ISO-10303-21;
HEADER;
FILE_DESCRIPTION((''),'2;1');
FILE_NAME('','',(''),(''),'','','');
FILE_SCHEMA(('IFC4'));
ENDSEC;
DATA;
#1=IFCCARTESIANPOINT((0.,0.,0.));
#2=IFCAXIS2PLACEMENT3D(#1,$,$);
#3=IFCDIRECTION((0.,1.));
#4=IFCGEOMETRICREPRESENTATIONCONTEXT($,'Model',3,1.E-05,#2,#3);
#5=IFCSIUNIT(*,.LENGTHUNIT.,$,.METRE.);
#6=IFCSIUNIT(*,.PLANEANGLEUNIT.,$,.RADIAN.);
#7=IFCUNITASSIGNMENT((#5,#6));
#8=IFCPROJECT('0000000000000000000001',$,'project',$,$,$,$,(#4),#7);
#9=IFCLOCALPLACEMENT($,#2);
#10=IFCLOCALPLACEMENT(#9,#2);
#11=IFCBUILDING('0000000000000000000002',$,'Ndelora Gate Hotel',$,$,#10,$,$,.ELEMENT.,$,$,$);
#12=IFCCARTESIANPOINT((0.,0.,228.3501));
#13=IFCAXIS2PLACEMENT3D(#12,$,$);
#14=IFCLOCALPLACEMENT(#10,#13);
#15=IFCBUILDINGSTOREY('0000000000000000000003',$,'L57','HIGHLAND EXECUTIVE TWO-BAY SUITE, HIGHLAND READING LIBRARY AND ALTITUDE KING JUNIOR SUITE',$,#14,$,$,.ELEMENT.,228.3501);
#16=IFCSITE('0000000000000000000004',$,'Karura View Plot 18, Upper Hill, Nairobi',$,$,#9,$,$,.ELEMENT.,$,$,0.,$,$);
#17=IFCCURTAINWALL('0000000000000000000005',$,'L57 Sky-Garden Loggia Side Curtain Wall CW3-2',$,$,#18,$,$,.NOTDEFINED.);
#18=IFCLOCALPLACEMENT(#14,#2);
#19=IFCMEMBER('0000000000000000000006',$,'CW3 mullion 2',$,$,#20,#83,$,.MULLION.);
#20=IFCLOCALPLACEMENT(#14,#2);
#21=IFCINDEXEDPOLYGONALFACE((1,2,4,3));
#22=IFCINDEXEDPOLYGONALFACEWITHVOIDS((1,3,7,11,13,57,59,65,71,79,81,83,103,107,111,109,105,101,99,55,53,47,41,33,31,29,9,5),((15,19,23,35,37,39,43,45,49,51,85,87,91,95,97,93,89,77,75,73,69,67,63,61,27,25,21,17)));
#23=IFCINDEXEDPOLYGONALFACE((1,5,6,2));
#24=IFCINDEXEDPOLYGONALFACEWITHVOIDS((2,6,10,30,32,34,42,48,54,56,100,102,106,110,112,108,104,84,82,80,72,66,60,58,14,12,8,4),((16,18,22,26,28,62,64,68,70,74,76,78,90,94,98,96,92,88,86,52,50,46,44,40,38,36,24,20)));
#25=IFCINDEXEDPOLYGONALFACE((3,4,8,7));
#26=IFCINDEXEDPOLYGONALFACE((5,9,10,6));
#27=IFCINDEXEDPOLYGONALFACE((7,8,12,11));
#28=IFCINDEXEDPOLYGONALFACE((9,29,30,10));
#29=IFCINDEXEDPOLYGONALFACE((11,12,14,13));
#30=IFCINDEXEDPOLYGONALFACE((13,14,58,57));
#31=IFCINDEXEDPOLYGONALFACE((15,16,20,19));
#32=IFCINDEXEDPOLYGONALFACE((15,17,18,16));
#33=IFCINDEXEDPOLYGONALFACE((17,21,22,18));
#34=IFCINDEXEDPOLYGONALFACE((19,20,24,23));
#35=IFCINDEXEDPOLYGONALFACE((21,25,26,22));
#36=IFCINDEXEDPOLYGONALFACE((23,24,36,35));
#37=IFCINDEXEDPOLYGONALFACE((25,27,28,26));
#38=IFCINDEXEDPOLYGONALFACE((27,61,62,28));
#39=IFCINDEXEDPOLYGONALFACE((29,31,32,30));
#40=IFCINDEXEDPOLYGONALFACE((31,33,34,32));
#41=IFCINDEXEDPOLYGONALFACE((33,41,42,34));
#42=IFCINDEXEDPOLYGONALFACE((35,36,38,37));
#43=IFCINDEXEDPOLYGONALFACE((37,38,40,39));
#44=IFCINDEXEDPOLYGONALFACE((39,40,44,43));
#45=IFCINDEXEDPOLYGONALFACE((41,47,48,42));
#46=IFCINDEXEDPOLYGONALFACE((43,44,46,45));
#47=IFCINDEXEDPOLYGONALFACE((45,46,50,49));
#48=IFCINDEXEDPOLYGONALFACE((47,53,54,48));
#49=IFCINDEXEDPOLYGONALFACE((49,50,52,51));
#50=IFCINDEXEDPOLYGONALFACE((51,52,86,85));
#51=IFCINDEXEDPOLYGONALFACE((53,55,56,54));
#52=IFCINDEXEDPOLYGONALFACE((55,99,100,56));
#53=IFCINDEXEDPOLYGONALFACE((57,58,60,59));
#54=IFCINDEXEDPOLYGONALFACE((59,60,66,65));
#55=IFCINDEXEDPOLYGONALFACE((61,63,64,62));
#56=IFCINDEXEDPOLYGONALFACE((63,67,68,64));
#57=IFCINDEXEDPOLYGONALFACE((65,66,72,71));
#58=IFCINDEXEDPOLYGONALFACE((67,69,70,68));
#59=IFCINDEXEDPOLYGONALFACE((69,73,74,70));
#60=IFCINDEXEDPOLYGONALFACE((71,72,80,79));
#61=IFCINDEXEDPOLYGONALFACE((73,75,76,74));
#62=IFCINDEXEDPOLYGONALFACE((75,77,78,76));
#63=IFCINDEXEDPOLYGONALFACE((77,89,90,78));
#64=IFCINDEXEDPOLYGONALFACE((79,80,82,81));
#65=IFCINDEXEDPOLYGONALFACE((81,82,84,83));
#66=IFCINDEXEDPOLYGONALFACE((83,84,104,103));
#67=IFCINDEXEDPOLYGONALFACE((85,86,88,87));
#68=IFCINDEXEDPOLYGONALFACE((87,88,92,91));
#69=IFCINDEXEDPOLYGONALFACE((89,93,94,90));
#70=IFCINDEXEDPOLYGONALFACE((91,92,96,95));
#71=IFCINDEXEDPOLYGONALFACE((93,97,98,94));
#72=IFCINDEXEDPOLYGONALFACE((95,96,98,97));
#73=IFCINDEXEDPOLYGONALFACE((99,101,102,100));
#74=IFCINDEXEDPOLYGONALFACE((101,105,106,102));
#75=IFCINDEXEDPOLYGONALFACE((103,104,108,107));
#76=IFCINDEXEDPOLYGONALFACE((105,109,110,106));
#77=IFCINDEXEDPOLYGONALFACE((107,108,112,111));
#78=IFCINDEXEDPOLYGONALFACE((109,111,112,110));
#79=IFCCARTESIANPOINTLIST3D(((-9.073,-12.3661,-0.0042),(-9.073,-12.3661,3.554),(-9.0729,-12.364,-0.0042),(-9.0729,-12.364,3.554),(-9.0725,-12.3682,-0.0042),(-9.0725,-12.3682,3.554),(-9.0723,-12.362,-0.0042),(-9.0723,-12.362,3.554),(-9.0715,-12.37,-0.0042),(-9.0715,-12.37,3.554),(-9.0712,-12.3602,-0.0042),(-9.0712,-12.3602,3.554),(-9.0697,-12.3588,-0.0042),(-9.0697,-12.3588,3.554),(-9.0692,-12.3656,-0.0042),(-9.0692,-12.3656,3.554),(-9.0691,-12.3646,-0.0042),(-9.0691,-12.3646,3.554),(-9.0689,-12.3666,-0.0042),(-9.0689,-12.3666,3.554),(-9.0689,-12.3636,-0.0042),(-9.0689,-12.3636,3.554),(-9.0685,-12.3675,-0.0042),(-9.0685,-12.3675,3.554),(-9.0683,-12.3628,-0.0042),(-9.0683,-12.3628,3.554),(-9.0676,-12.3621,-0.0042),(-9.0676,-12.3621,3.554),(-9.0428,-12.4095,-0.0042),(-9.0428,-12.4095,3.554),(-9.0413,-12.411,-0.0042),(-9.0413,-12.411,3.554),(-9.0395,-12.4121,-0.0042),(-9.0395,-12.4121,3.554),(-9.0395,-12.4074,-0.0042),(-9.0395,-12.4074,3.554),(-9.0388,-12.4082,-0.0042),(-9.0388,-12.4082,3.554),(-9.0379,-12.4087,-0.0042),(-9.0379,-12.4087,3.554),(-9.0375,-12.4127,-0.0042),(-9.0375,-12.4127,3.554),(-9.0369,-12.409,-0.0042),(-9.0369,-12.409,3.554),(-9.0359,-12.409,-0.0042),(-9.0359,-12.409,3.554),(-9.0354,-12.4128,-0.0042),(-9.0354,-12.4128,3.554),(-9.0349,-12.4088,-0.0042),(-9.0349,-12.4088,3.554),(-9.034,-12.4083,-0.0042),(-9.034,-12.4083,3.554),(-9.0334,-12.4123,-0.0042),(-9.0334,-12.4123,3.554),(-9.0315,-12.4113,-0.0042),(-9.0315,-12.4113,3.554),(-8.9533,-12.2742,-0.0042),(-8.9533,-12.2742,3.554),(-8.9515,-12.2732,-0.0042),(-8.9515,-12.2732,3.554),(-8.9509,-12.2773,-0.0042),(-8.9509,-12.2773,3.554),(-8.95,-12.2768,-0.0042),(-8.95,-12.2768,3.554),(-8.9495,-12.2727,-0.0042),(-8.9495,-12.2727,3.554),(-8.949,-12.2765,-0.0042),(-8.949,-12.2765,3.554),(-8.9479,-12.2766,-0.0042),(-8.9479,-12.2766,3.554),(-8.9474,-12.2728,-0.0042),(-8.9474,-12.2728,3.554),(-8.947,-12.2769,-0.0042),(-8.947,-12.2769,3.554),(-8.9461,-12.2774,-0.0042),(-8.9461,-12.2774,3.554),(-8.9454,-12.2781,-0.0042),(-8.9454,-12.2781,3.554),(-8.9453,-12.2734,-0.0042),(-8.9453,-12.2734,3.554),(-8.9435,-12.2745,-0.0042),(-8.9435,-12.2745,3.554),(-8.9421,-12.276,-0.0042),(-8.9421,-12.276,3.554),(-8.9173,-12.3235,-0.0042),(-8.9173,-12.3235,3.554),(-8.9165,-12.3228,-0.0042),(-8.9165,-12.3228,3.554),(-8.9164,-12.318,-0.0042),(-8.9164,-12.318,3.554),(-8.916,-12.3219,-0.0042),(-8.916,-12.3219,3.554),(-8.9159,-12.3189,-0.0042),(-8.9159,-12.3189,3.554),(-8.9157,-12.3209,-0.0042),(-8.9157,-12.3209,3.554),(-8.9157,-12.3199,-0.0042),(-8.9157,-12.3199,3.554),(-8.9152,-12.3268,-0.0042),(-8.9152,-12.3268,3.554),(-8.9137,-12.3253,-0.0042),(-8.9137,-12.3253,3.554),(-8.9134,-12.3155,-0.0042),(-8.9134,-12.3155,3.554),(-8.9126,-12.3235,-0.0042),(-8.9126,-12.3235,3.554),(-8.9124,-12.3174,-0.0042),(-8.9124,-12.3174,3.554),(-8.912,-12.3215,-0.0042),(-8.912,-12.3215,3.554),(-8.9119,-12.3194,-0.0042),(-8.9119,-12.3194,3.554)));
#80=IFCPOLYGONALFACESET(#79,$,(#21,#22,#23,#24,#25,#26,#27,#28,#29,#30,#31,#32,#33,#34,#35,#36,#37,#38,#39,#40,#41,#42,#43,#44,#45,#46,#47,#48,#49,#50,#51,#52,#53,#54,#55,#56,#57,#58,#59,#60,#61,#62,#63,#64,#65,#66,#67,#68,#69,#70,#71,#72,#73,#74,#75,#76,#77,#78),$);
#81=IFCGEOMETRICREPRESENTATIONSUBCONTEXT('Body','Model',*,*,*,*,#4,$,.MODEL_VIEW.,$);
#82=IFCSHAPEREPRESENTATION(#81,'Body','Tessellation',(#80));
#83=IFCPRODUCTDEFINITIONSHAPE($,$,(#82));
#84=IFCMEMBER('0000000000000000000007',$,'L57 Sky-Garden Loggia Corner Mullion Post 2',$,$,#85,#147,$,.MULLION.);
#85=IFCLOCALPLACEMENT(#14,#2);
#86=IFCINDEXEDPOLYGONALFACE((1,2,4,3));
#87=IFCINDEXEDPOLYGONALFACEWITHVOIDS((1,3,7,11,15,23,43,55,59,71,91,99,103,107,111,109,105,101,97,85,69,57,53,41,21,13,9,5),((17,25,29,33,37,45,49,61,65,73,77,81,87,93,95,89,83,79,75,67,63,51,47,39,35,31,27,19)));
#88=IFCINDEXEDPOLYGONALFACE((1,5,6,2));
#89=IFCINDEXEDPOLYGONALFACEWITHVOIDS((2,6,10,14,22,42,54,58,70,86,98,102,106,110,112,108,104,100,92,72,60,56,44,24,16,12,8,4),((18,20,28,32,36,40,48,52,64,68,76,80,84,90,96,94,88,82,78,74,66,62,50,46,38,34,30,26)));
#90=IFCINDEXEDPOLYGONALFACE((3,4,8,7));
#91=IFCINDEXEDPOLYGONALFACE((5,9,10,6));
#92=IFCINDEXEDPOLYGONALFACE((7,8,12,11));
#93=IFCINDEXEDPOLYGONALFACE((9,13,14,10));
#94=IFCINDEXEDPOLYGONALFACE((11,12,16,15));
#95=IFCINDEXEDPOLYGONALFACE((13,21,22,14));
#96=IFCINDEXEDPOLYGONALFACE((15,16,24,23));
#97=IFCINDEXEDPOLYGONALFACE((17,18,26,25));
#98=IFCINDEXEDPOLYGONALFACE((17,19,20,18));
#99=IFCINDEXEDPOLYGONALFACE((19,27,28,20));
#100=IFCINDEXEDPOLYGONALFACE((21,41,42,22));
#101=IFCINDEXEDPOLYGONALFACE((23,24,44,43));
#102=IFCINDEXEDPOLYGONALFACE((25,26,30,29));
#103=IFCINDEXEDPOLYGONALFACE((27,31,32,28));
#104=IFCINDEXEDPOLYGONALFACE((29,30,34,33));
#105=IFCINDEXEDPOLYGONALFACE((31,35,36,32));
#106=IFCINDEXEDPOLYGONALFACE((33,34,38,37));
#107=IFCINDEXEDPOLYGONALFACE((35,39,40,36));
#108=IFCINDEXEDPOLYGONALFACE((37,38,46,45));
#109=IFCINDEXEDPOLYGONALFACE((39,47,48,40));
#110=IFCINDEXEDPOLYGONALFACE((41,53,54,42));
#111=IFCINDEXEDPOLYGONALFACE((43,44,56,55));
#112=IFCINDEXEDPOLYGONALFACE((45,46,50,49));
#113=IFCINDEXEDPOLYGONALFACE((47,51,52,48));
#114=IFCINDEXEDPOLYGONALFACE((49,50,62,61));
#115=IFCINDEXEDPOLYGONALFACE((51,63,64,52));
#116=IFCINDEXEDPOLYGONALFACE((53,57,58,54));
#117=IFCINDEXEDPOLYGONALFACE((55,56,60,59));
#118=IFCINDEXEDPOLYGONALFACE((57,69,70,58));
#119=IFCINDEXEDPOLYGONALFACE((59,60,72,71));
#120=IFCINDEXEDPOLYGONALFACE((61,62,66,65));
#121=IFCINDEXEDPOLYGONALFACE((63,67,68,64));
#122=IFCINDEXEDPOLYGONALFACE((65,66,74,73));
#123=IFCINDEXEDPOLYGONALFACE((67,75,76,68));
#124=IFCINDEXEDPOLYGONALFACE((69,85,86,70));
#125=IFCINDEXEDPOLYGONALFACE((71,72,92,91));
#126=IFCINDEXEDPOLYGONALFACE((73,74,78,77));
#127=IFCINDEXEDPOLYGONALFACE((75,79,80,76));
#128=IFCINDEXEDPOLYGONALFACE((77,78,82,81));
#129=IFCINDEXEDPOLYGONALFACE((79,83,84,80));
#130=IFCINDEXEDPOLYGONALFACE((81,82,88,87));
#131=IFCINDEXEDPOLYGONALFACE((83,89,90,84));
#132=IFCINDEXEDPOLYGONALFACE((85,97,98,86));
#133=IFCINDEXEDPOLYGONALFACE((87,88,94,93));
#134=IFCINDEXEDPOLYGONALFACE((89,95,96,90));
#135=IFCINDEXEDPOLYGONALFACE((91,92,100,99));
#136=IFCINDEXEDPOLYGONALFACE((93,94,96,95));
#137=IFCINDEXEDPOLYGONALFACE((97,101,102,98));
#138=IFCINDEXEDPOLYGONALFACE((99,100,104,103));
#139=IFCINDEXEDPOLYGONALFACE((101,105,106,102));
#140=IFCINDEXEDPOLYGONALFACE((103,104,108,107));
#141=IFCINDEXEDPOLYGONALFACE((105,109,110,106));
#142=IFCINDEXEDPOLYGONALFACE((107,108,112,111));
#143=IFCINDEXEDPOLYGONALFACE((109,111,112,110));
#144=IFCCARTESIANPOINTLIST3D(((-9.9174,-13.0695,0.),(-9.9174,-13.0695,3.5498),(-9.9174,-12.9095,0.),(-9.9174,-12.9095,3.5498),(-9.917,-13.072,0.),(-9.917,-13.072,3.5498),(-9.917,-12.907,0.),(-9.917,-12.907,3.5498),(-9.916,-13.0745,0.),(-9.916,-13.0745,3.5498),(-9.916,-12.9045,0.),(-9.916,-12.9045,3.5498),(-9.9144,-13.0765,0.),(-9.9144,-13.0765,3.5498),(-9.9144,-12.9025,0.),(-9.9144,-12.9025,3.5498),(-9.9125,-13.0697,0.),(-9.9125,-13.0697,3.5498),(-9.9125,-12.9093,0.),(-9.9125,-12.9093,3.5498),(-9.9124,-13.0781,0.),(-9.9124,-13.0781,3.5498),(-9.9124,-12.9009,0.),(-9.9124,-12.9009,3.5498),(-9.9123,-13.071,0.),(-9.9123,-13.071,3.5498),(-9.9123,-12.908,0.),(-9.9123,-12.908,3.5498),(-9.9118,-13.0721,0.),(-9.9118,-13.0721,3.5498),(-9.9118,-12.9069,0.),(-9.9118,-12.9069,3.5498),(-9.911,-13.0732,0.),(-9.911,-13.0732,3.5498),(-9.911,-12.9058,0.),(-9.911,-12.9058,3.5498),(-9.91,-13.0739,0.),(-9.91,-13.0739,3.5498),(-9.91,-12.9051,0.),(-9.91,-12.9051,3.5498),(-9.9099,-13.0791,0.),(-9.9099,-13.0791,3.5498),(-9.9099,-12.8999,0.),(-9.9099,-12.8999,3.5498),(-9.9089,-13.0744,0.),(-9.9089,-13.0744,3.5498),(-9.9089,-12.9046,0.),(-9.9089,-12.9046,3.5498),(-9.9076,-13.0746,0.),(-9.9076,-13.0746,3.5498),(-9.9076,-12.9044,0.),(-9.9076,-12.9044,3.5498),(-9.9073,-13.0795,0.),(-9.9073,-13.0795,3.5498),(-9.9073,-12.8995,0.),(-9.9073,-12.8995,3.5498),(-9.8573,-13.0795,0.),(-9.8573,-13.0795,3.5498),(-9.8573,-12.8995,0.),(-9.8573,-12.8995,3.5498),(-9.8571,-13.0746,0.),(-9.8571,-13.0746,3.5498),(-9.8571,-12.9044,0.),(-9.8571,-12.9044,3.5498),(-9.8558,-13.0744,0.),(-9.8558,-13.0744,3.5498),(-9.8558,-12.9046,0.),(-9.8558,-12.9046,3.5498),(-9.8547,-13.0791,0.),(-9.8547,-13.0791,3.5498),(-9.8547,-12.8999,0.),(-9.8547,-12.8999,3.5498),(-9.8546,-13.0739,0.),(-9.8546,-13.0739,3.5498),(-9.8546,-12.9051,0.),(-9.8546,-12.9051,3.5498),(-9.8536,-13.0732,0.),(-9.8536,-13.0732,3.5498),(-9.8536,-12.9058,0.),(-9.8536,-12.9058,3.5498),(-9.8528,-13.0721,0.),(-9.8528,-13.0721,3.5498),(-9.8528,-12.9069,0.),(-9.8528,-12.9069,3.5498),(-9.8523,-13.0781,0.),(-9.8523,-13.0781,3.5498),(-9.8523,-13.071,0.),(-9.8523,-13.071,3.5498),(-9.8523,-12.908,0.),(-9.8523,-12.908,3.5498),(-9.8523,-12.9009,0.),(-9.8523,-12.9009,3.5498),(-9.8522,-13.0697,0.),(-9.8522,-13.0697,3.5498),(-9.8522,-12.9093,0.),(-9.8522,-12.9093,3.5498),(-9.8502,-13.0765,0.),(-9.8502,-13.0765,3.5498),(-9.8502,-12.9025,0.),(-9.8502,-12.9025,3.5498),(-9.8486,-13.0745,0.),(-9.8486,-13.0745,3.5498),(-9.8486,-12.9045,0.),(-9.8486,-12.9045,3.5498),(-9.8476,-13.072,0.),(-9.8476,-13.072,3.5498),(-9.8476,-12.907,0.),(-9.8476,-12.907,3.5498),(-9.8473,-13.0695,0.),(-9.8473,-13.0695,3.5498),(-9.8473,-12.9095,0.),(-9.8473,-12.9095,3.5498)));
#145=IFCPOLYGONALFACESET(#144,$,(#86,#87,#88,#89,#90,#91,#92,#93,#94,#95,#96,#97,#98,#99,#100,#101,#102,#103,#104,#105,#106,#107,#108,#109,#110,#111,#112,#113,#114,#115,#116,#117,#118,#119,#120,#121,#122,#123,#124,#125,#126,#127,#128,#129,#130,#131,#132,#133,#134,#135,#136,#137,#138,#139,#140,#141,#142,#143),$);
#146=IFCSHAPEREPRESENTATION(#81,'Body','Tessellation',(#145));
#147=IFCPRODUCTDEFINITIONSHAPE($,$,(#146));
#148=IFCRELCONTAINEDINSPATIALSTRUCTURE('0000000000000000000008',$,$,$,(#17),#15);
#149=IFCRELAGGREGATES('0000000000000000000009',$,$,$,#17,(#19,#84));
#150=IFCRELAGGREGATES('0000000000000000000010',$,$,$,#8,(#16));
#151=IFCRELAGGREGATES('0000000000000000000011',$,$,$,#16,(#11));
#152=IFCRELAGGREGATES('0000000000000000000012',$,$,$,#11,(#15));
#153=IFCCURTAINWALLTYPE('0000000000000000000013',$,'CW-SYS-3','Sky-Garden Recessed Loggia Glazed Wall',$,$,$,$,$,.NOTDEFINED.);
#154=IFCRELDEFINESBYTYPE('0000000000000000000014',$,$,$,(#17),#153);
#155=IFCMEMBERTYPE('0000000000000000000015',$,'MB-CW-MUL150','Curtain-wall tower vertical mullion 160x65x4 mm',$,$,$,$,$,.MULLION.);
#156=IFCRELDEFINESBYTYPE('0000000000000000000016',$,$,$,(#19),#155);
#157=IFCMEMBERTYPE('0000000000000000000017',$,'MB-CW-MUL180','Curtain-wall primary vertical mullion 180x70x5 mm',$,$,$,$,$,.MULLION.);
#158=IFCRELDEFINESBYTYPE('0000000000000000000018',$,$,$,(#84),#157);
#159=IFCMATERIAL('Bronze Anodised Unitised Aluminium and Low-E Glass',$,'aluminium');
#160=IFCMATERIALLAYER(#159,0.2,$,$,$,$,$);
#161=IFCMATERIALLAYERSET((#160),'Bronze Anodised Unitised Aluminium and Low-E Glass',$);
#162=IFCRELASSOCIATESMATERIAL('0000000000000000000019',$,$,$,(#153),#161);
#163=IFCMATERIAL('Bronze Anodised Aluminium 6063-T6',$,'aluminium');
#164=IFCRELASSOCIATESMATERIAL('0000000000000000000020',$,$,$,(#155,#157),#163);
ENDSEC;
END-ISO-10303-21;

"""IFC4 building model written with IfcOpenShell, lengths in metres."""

from ifc_helpers import new_model, si_unit, direction, frame, origin, origin_2d, place, context, subcontext, project, spatial, hollow_rectangle, extrude, material, layer, layer_set, material_profile, profile_set, type_object, element, aggregate, save


model = new_model("IFC4")

# Units and contexts
model_context = context("Model", 3, precision=1e-05, world=origin(), true_north=direction((0.0, 1.0)))
body_context = subcontext(model_context, "Body", "Model", "MODEL_VIEW")
ifc_project = project(units=[si_unit("LENGTHUNIT", "METRE"), si_unit("PLANEANGLEUNIT", "RADIAN")], contexts=[model_context])

# Site, building, storey
site_placement = place(None, origin())
site = spatial("IfcSite", under=ifc_project, at=site_placement, Name="Karura View Plot 18, Upper Hill, Nairobi", CompositionType="ELEMENT", RefElevation=0.0)
building_placement = place(site_placement, origin())
building = spatial("IfcBuilding", under=site, at=building_placement, Name="Ndelora Gate Hotel", CompositionType="ELEMENT")
storey_placement = place(building_placement, frame((0.0, 0.0, 228.3501)))
storey = spatial("IfcBuildingStorey", under=building, at=storey_placement, Name="L57", Description="HIGHLAND EXECUTIVE TWO-BAY SUITE, HIGHLAND READING LIBRARY AND ALTITUDE KING JUNIOR SUITE", CompositionType="ELEMENT", Elevation=228.3501)

# Curtain wall, members
ifc_material_1 = material(Name="Bronze Anodised Unitised Aluminium and Low-E Glass", Category="aluminium")
ifc_layer_1 = layer(ifc_material_1, 0.2)
ifc_layer_set_1 = layer_set([ifc_layer_1], Name="Bronze Anodised Unitised Aluminium and Low-E Glass")
curtain_wall_type = type_object("IfcCurtainWallType", Name="CW-SYS-3", Description="Sky-Garden Recessed Loggia Glazed Wall", PredefinedType="NOTDEFINED", material=ifc_layer_set_1)
curtain_wall_placement = place(storey_placement, origin())
curtain_wall = element("IfcCurtainWall", 1, at=curtain_wall_placement, inside=storey, type_object=curtain_wall_type, Name="L57 Sky-Garden Loggia Side Curtain Wall CW3-2", PredefinedType="NOTDEFINED")
ifc_material_2 = material(Name="Bronze Anodised Aluminium 6063-T6", Category="aluminium")
ifc_material_profile_1 = material_profile(ifc_material_2, hollow_rectangle(XDim=0.0649, YDim=0.1599, WallThickness=0.0039, InnerFilletRadius=0.0039, OuterFilletRadius=0.0081, at=origin_2d()), Name="ALU 160x65x4")
ifc_profile_set_1 = profile_set([ifc_material_profile_1], Name="Bronze Anodised Aluminium 6063-T6")
member_type_1 = type_object("IfcMemberType", Name="MB-CW-MUL150", Description="Curtain-wall tower vertical mullion 160x65x4 mm", PredefinedType="MULLION", material=ifc_profile_set_1)
member_1_placement = place(storey_placement, frame((-8.9924, -12.3428, -0.0042), z_axis=(0.0, 0.0, 1.0), x_axis=(-0.587764, 0.809033, 0.0)))
member_1 = element("IfcMember", 2, at=member_1_placement, type_object=member_type_1, Name="CW3 mullion 2", PredefinedType="MULLION", context=body_context, shape_type="SweptSolid", body=[
    extrude(hollow_rectangle(XDim=0.0649, YDim=0.1599, WallThickness=0.0039, InnerFilletRadius=0.0039, OuterFilletRadius=0.0081, at=origin_2d()), origin(), (0.0, 0.0, 1.0), 3.5581),
])
ifc_material_profile_2 = material_profile(ifc_material_2, hollow_rectangle(XDim=0.0701, YDim=0.1799, WallThickness=0.0049, InnerFilletRadius=0.0049, OuterFilletRadius=0.01, at=origin_2d()), Name="ALU 180x70x5")
ifc_profile_set_2 = profile_set([ifc_material_profile_2], Name="Bronze Anodised Aluminium 6063-T6")
member_type_2 = type_object("IfcMemberType", Name="MB-CW-MUL180", Description="Curtain-wall primary vertical mullion 180x70x5 mm", PredefinedType="MULLION", material=ifc_profile_set_2)
member_2_placement = place(storey_placement, frame((-9.8823, -12.9895, 0.0), z_axis=(0.0, 0.0, 1.0), x_axis=(1.0, 0.0, 0.0)))
member_2 = element("IfcMember", 3, at=member_2_placement, type_object=member_type_2, Name="L57 Sky-Garden Loggia Corner Mullion Post 2", PredefinedType="MULLION", context=body_context, shape_type="SweptSolid", body=[
    extrude(hollow_rectangle(XDim=0.0701, YDim=0.1799, WallThickness=0.0049, InnerFilletRadius=0.0049, OuterFilletRadius=0.01, at=origin_2d()), origin(), (0.0, 0.0, 1.0), 3.5498),
])
aggregate(curtain_wall, [member_1, member_2])

save(model, "model.ifc")
